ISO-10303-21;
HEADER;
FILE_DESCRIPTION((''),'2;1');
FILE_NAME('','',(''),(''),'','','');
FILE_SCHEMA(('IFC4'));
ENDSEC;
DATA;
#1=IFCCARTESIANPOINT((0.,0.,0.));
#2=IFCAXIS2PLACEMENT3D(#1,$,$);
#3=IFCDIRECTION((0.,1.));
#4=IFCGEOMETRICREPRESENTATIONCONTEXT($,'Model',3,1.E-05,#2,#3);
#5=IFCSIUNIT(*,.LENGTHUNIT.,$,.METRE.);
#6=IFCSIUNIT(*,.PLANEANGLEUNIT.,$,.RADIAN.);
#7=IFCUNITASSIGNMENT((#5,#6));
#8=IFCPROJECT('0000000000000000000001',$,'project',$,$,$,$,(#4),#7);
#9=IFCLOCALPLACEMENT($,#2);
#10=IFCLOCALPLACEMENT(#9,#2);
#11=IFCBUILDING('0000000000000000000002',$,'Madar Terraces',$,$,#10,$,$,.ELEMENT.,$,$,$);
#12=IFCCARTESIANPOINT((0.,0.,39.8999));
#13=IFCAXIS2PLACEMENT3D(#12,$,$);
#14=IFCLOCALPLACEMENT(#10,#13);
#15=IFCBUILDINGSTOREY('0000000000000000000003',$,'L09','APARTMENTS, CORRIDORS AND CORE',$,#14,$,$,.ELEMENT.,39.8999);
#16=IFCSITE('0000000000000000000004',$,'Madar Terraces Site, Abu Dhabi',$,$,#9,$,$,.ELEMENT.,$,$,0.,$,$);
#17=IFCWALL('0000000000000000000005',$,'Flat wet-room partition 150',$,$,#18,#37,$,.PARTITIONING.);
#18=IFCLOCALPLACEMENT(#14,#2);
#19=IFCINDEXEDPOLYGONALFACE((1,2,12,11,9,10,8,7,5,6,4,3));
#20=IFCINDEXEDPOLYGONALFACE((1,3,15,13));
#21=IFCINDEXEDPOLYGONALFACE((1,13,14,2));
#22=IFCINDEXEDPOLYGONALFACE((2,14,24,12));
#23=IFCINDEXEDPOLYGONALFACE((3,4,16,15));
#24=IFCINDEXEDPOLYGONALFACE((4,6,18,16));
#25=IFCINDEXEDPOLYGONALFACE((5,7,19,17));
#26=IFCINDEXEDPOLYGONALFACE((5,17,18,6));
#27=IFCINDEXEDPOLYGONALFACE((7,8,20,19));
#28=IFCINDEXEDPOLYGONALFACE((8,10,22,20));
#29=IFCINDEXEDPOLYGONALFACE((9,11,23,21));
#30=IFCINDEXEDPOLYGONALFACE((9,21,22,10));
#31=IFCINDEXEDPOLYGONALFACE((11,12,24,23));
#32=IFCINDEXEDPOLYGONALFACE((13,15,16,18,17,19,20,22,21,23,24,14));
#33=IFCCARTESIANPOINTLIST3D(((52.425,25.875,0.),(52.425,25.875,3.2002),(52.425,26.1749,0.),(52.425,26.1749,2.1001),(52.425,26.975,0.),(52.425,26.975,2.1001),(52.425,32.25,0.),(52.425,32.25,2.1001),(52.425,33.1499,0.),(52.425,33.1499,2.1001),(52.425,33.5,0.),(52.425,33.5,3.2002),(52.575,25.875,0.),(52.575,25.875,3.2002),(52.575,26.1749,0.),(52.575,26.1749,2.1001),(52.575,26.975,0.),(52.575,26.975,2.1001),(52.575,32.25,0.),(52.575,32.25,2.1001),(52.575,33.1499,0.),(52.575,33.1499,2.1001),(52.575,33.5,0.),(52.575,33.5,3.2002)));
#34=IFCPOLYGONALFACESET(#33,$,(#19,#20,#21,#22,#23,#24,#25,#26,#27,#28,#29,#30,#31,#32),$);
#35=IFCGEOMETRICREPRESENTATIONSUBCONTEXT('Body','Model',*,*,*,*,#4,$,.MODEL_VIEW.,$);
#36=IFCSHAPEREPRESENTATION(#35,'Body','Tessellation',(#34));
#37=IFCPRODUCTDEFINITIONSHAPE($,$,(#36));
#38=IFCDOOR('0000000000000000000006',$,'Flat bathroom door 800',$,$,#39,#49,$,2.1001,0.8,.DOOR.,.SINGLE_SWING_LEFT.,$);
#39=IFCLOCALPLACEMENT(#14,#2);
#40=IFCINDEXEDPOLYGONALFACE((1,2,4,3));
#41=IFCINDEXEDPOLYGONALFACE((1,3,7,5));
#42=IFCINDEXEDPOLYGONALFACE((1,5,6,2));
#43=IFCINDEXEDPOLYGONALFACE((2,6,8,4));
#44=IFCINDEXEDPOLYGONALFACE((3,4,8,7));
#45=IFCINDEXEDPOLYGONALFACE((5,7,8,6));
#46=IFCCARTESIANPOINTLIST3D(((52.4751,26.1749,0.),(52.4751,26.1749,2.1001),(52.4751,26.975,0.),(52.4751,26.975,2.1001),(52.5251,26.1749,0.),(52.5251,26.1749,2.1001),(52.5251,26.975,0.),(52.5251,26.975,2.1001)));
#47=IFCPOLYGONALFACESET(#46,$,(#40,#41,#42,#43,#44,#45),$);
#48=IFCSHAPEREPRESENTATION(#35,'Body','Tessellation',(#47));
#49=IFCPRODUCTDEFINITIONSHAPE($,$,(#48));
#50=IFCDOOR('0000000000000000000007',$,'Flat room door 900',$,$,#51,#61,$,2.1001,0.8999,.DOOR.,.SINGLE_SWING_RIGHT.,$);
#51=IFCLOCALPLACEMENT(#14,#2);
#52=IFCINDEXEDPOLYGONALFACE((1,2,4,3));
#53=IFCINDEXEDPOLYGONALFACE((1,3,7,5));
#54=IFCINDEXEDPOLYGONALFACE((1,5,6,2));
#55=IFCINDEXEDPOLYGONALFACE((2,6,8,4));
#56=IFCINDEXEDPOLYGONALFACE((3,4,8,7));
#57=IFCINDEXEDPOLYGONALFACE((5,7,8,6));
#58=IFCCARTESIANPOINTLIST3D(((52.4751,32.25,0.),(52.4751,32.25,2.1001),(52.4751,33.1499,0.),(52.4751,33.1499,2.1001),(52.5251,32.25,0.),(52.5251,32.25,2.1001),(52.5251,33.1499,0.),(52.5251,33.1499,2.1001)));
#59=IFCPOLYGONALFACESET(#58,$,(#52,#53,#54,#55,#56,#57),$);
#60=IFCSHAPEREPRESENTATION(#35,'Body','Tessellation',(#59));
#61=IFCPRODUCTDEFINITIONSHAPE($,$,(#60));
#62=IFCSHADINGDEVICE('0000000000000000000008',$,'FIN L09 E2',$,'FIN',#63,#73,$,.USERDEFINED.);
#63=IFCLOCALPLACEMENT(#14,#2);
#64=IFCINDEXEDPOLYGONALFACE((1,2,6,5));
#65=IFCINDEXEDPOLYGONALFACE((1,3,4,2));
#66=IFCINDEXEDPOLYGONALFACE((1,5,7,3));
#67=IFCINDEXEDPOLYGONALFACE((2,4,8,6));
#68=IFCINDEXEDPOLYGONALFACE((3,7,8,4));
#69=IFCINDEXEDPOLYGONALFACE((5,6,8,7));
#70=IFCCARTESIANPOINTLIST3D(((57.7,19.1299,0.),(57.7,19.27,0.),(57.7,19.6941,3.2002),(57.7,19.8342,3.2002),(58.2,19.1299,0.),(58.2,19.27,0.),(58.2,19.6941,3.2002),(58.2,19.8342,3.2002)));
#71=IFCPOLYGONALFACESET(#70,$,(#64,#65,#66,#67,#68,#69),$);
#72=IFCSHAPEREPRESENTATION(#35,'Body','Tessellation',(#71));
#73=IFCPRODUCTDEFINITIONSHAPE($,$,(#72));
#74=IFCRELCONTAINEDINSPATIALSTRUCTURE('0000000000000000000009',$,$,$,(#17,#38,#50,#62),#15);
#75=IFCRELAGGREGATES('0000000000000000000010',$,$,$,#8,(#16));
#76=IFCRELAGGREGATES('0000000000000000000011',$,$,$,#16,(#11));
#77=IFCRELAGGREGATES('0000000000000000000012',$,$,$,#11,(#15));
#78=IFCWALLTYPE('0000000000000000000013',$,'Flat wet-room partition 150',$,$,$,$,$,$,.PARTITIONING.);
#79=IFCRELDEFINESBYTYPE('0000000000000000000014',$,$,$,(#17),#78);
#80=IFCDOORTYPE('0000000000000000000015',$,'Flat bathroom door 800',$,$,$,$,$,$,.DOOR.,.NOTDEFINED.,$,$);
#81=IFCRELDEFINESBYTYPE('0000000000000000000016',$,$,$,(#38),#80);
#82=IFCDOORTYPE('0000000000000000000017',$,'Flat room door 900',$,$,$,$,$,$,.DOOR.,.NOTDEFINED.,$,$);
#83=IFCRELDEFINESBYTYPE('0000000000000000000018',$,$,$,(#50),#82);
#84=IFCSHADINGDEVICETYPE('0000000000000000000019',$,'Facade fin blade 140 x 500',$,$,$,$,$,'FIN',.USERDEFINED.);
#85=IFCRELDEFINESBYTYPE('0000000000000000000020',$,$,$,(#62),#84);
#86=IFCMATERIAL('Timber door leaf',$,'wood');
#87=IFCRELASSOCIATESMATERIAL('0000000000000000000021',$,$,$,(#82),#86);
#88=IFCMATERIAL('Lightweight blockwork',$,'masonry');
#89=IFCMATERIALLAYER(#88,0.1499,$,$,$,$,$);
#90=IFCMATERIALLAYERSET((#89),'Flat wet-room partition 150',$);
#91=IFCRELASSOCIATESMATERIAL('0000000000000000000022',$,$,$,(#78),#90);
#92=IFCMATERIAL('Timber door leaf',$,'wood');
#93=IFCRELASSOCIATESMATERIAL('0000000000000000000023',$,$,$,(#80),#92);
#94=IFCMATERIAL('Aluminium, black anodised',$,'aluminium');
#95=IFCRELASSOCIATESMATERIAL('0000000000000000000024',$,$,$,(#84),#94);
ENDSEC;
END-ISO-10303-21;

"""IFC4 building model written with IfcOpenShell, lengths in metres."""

from ifc_helpers import new_model, si_unit, direction, frame, frame_2d, origin, place, context, subcontext, project, spatial, polyline, rectangle, outline, extrude, material, layer, layer_set, type_object, element, fill, save


model = new_model("IFC4")

# Units and contexts
model_context = context("Model", 3, precision=1e-05, world=origin(), true_north=direction((0.0, 1.0)))
body_context = subcontext(model_context, "Body", "Model", "MODEL_VIEW")
ifc_project = project(units=[si_unit("LENGTHUNIT", "METRE"), si_unit("PLANEANGLEUNIT", "RADIAN")], contexts=[model_context])

# Site, building, storey
site_placement = place(None, origin())
site = spatial("IfcSite", under=ifc_project, at=site_placement, Name="Madar Terraces Site, Abu Dhabi", CompositionType="ELEMENT", RefElevation=0.0)
building_placement = place(site_placement, origin())
building = spatial("IfcBuilding", under=site, at=building_placement, Name="Madar Terraces", CompositionType="ELEMENT")
storey_placement = place(building_placement, frame((0.0, 0.0, 39.8999)))
storey = spatial("IfcBuildingStorey", under=building, at=storey_placement, Name="L09", Description="APARTMENTS, CORRIDORS AND CORE", CompositionType="ELEMENT", Elevation=39.8999)

# Shared definitions
ifc_material_1 = material(Name="Timber door leaf", Category="wood")
door_type_1 = type_object("IfcDoorType", Name="Flat room door 900", OperationType="NOTDEFINED", PredefinedType="DOOR", material=ifc_material_1)

# Shared definitions
ifc_material_2 = material(Name="Lightweight blockwork", Category="masonry")
ifc_layer_1 = layer(ifc_material_2, 0.1499)
ifc_layer_set_1 = layer_set([ifc_layer_1], Name="Flat wet-room partition 150")
wall_type_1 = type_object("IfcWallType", Name="Flat wet-room partition 150", PredefinedType="PARTITIONING", material=ifc_layer_set_1)

# Wall, openings, doors
wall_1_placement = place(storey_placement, frame((52.5, 25.875, 0.0), z_axis=(0.0, 0.0, 1.0), x_axis=(0.0, 1.0, 0.0)))
wall_1 = element("IfcWall", 1, at=wall_1_placement, inside=storey, type_object=wall_type_1, Name="Flat wet-room partition 150", PredefinedType="PARTITIONING", context=body_context, shape_type="SweptSolid", body=[
    extrude(rectangle(XDim=7.625, YDim=0.1499, at=frame_2d((3.8125, 0.0))), origin(), (0.0, 0.0, 1.0), 3.2002),
])
opening_1_placement = place(wall_1_placement, frame((0.3, 0.0, 0.0)))
opening_1 = element("IfcOpeningElement", 2, at=opening_1_placement, cuts=wall_1, PredefinedType="OPENING", context=body_context, shape_type="SweptSolid", body=[
    extrude(rectangle(XDim=0.8, YDim=2.1001, at=frame_2d((0.3999, 1.05))), frame((0.0, 0.085, 0.0), z_axis=(0.0, -1.0, 0.0), x_axis=(1.0, 0.0, 0.0)), (0.0, 0.0, 1.0), 0.1699),
])
opening_2_placement = place(wall_1_placement, frame((6.375, 0.0, 0.0)))
opening_2 = element("IfcOpeningElement", 3, at=opening_2_placement, cuts=wall_1, PredefinedType="OPENING", context=body_context, shape_type="SweptSolid", body=[
    extrude(rectangle(XDim=0.8999, YDim=2.1001, at=frame_2d((0.45, 1.05))), frame((0.0, 0.085, 0.0), z_axis=(0.0, -1.0, 0.0), x_axis=(1.0, 0.0, 0.0)), (0.0, 0.0, 1.0), 0.1699),
])
ifc_material_3 = material(Name="Timber door leaf", Category="wood")
door_type_2 = type_object("IfcDoorType", Name="Flat bathroom door 800", OperationType="NOTDEFINED", PredefinedType="DOOR", material=ifc_material_3)
door_1_placement = place(opening_1_placement, origin())
door_1 = element("IfcDoor", 4, at=door_1_placement, inside=storey, type_object=door_type_2, Name="Flat bathroom door 800", OperationType="SINGLE_SWING_LEFT", OverallHeight=2.1001, OverallWidth=0.8, PredefinedType="DOOR", context=body_context, shape_type="SweptSolid", body=[
    extrude(rectangle(XDim=0.8, YDim=2.1001, at=frame_2d((0.3999, 1.05))), frame((0.0, 0.0249, 0.0), z_axis=(0.0, -1.0, 0.0), x_axis=(1.0, 0.0, 0.0)), (0.0, 0.0, 1.0), 0.05),
])
fill(opening_1, door_1)
door_2_placement = place(opening_2_placement, origin())
door_2 = element("IfcDoor", 5, at=door_2_placement, inside=storey, type_object=door_type_1, Name="Flat room door 900", OperationType="SINGLE_SWING_RIGHT", OverallHeight=2.1001, OverallWidth=0.8999, PredefinedType="DOOR", context=body_context, shape_type="SweptSolid", body=[
    extrude(rectangle(XDim=0.8999, YDim=2.1001, at=frame_2d((0.45, 1.05))), frame((0.0, 0.0249, 0.0), z_axis=(0.0, -1.0, 0.0), x_axis=(1.0, 0.0, 0.0)), (0.0, 0.0, 1.0), 0.05),
])
fill(opening_2, door_2)

# Shading device
ifc_material_4 = material(Name="Aluminium, black anodised", Category="aluminium")
shading_device_type = type_object("IfcShadingDeviceType", Name="Facade fin blade 140 x 500", ElementType="FIN", PredefinedType="USERDEFINED", material=ifc_material_4)
shading_device_placement = place(storey_placement, frame((57.95, 19.1299, 0.0), z_axis=(0.0, 0.0, 1.0), x_axis=(0.0, 1.0, 0.0)))
element("IfcShadingDevice", 6, at=shading_device_placement, inside=storey, type_object=shading_device_type, Name="FIN L09 E2", ObjectType="FIN", PredefinedType="USERDEFINED", context=body_context, shape_type="SweptSolid", body=[
    extrude(outline(polyline([(0.0, 0.0), (0.1401, 0.0), (0.7043, 3.2002), (0.5642, 3.2002), (0.0, 0.0)])), frame((0.0, 0.25, 0.0), z_axis=(0.0, -1.0, 0.0), x_axis=(1.0, 0.0, 0.0)), (0.0, 0.0, 1.0), 0.5),
])

save(model, "model.ifc")
